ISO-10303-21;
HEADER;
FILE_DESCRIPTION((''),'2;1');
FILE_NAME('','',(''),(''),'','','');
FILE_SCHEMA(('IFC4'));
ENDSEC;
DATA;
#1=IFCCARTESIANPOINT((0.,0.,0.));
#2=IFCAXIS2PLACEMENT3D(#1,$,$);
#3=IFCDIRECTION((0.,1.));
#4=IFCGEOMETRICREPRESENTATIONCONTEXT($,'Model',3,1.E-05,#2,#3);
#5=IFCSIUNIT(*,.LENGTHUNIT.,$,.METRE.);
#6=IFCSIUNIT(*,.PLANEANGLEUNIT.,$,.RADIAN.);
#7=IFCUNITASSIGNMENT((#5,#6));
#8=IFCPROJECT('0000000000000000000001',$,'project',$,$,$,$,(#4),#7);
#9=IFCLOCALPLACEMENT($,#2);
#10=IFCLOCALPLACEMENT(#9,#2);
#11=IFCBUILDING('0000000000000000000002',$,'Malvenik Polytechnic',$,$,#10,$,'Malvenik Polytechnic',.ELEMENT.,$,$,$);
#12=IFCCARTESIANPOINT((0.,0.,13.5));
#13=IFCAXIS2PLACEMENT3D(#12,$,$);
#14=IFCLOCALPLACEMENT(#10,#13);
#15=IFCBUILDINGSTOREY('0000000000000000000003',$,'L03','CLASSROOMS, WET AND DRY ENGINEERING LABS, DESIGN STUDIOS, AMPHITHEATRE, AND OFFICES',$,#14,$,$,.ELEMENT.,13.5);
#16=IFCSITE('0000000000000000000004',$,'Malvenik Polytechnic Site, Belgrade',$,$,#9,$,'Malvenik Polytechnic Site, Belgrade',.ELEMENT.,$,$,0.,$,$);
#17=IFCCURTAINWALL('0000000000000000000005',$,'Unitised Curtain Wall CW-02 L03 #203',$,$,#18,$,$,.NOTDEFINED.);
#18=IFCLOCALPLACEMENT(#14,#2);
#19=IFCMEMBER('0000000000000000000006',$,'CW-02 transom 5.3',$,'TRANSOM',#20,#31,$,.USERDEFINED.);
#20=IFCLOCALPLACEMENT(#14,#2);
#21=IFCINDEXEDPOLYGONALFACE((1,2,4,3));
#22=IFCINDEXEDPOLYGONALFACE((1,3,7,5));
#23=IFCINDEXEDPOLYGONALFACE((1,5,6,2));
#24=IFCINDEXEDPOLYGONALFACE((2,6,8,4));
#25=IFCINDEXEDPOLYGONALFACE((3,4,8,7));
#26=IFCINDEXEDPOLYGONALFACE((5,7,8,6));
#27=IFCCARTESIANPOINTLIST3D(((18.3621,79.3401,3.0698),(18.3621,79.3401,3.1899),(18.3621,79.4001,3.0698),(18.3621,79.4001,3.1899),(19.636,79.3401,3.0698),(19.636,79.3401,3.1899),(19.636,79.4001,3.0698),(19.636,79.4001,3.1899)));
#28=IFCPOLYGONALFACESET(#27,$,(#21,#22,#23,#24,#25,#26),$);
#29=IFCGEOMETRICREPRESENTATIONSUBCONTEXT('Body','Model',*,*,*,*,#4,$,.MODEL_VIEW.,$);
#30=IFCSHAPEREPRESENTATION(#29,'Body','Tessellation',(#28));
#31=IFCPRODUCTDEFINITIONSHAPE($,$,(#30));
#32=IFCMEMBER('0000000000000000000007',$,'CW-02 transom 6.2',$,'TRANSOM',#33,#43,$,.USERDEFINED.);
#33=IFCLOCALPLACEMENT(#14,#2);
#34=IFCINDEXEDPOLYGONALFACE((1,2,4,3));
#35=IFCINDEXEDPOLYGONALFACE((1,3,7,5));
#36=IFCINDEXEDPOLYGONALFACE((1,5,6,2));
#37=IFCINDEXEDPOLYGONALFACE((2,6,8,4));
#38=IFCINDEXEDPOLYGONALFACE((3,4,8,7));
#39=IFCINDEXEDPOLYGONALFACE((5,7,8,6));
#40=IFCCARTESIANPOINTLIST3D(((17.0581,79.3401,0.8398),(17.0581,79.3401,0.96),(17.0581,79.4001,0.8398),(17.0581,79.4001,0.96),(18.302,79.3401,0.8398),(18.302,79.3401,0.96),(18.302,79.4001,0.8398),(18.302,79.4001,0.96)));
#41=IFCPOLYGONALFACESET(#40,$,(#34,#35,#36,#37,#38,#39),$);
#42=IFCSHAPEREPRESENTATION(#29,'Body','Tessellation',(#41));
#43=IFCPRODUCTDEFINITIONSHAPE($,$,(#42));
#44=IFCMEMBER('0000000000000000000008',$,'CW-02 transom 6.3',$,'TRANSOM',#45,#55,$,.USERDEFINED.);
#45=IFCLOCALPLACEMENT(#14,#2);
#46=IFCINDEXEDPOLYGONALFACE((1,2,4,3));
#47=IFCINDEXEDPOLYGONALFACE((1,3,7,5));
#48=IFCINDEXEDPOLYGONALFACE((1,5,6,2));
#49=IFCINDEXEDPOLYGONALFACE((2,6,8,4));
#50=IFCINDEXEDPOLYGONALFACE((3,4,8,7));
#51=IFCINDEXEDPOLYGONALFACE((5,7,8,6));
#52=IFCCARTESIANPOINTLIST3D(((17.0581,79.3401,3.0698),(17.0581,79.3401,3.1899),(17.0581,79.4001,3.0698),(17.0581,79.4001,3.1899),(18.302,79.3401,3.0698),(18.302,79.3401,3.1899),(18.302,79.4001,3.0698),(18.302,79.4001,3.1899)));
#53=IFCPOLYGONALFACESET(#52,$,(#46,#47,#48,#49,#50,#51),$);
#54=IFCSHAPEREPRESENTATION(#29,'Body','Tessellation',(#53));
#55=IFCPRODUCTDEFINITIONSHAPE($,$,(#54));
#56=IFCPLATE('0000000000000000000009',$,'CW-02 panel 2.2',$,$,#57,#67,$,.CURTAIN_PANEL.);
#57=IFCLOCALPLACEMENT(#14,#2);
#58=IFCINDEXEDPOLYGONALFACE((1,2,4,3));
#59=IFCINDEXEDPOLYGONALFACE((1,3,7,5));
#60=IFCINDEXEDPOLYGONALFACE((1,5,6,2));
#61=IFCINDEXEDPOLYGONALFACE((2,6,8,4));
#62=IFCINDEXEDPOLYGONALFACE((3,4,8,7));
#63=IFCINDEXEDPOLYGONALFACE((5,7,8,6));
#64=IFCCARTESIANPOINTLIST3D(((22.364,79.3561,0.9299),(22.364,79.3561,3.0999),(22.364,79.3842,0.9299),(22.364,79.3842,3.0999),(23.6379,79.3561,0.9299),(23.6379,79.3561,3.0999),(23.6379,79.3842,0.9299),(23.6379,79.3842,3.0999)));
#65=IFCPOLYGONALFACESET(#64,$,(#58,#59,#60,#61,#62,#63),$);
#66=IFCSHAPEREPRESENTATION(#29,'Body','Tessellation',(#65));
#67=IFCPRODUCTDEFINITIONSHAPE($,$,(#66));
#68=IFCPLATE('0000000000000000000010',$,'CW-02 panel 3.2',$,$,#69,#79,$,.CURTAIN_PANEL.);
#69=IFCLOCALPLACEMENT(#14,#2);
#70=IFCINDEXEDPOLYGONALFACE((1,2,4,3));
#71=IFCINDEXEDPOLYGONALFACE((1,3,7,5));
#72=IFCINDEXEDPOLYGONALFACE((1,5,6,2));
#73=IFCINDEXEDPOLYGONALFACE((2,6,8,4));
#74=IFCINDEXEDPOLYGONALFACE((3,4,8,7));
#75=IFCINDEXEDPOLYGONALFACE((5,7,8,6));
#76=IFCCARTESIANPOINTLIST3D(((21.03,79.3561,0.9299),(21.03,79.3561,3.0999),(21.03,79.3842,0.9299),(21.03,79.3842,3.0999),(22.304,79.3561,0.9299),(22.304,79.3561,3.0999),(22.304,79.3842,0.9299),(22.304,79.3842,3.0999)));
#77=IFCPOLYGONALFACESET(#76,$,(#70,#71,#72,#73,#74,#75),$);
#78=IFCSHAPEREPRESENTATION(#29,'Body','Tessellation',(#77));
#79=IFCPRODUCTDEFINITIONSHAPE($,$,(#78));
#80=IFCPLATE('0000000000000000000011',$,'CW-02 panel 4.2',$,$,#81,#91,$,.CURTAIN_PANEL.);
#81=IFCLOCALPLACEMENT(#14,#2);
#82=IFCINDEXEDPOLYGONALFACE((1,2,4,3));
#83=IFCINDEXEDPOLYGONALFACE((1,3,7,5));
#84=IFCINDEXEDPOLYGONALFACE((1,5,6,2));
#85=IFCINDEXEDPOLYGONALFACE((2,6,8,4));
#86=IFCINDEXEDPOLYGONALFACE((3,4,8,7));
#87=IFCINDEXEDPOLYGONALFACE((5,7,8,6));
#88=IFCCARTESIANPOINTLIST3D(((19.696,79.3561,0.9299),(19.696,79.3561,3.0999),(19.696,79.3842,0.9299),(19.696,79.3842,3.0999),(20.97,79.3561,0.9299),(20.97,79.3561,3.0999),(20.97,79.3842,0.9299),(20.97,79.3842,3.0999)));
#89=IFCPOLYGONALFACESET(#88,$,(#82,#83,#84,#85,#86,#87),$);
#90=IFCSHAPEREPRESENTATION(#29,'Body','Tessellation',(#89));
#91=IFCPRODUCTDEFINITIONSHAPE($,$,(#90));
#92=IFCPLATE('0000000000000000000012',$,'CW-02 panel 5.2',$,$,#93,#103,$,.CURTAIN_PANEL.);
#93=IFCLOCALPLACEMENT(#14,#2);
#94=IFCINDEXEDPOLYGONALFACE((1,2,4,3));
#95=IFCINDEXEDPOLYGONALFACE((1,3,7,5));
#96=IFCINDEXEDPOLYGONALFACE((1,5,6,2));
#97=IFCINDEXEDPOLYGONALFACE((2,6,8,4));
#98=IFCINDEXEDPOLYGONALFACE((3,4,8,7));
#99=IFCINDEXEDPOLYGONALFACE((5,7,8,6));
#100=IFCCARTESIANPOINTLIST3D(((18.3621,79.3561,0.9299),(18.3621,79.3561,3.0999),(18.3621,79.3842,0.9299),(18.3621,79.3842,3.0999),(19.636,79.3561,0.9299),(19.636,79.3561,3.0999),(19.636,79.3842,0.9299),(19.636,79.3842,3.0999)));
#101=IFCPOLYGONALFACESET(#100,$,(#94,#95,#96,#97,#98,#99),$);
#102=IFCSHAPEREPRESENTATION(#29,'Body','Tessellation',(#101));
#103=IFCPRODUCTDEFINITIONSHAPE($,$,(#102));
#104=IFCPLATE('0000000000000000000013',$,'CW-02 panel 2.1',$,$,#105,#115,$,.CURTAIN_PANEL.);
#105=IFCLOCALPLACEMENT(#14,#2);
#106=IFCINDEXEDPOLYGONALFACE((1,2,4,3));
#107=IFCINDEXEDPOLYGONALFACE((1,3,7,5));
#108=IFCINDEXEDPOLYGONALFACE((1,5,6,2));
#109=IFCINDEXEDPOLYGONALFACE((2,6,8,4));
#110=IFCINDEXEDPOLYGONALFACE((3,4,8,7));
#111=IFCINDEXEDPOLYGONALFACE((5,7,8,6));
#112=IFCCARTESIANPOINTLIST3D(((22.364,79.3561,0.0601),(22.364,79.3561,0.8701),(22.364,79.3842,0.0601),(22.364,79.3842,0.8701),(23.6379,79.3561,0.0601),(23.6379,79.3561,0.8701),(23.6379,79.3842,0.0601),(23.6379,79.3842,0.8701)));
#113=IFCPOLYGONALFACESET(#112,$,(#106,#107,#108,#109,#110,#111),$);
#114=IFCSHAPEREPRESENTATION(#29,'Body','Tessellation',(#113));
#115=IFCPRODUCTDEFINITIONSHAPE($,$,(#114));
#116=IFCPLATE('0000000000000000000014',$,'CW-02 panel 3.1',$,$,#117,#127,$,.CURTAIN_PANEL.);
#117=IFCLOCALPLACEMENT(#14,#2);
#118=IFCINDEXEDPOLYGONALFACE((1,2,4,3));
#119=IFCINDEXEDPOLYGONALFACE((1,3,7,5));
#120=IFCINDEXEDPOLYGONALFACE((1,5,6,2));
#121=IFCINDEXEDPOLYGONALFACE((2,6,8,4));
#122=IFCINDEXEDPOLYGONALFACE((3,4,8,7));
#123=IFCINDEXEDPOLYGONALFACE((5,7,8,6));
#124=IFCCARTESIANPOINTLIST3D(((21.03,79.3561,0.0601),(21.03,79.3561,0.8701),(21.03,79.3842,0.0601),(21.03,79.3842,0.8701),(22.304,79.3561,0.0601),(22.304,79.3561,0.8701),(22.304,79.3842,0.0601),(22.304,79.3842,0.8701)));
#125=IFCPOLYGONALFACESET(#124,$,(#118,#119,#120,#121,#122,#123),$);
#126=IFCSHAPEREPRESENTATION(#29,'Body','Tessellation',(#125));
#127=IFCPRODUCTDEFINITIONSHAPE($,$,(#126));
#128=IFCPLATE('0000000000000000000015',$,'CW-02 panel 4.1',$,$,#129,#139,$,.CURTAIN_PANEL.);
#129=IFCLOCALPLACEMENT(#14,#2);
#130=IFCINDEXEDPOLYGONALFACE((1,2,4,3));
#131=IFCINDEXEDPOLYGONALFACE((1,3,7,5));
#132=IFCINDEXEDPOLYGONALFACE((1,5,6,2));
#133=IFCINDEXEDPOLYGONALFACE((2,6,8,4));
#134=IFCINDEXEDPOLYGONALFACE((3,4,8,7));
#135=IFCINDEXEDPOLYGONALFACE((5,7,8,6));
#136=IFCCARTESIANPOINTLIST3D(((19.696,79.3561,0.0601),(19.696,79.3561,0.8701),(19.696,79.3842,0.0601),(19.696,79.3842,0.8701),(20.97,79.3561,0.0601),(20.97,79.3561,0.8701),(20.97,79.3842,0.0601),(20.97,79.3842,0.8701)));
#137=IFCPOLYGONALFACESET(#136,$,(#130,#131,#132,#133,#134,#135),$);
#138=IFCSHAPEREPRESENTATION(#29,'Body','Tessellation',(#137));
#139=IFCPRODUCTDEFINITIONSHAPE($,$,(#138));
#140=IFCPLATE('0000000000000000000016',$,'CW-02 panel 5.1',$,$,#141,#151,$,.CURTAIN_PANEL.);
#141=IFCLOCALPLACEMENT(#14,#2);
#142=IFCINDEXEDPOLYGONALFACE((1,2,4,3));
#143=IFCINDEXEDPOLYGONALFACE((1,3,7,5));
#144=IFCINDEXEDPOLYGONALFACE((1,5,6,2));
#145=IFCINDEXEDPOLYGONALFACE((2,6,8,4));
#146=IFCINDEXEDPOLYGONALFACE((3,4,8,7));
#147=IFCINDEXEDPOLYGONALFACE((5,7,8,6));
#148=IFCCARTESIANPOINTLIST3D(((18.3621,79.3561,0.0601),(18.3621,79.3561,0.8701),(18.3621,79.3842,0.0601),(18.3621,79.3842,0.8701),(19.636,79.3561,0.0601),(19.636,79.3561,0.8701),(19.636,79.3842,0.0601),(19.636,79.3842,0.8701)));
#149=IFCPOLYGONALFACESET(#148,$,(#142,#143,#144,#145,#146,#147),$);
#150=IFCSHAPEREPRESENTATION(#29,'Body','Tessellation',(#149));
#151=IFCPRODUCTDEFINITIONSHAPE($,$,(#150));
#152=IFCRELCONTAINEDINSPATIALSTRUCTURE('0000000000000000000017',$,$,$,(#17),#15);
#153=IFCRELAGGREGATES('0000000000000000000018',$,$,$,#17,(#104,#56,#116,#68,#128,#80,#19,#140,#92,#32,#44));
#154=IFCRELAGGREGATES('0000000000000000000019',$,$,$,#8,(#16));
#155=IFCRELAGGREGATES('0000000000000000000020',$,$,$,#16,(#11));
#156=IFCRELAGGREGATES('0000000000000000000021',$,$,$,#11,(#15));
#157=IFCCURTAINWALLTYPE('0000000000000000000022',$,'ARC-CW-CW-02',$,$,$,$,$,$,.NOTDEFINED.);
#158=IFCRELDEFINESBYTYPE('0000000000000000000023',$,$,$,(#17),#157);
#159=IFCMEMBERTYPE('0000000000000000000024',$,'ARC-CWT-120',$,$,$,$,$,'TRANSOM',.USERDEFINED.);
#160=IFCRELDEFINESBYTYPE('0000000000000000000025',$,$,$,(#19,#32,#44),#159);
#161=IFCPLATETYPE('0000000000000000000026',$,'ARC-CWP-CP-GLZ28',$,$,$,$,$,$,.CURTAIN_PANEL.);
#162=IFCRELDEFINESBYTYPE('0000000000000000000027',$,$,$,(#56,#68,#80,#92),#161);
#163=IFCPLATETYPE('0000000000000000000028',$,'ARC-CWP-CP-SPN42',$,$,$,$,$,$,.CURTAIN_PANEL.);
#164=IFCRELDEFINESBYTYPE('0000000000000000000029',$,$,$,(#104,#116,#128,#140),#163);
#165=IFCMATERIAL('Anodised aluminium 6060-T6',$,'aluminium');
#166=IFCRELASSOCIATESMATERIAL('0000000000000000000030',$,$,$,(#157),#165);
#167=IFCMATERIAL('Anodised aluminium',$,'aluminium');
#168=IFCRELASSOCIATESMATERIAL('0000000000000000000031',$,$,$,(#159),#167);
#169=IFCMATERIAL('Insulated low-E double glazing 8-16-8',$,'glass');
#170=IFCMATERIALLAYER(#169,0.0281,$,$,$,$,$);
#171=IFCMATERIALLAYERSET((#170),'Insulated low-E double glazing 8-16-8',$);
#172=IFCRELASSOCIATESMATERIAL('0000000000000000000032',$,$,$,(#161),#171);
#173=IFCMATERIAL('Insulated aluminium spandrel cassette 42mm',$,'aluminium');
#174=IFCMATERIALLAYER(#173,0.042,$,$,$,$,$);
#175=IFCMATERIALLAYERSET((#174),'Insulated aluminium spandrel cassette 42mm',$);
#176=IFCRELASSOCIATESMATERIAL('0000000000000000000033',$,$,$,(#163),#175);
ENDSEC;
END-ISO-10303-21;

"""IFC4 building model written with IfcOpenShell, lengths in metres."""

from ifc_helpers import new_model, si_unit, direction, frame, origin, origin_2d, place, context, subcontext, project, spatial, rectangle, extrude, material, layer, layer_set, material_profile, profile_set, type_object, element, aggregate, save


model = new_model("IFC4")

# Units and contexts
model_context = context("Model", 3, precision=1e-05, world=origin(), true_north=direction((0.0, 1.0)))
body_context = subcontext(model_context, "Body", "Model", "MODEL_VIEW")
ifc_project = project(units=[si_unit("LENGTHUNIT", "METRE"), si_unit("PLANEANGLEUNIT", "RADIAN")], contexts=[model_context])

# Site, building, storey
site_placement = place(None, origin())
site = spatial("IfcSite", under=ifc_project, at=site_placement, Name="Malvenik Polytechnic Site, Belgrade", LongName="Malvenik Polytechnic Site, Belgrade", CompositionType="ELEMENT", RefElevation=0.0)
building_placement = place(site_placement, origin())
building = spatial("IfcBuilding", under=site, at=building_placement, Name="Malvenik Polytechnic", LongName="Malvenik Polytechnic", CompositionType="ELEMENT")
storey_placement = place(building_placement, frame((0.0, 0.0, 13.5)))
storey = spatial("IfcBuildingStorey", under=building, at=storey_placement, Name="L03", Description="CLASSROOMS, WET AND DRY ENGINEERING LABS, DESIGN STUDIOS, AMPHITHEATRE, AND OFFICES", CompositionType="ELEMENT", Elevation=13.5)

# Curtain wall, members, plates
ifc_material_1 = material(Name="Anodised aluminium 6060-T6", Category="aluminium")
curtain_wall_type = type_object("IfcCurtainWallType", Name="ARC-CW-CW-02", PredefinedType="NOTDEFINED", material=ifc_material_1)
curtain_wall_placement = place(storey_placement, origin())
curtain_wall = element("IfcCurtainWall", 1, at=curtain_wall_placement, inside=storey, type_object=curtain_wall_type, Name="Unitised Curtain Wall CW-02 L03 #203", PredefinedType="NOTDEFINED")
ifc_material_2 = material(Name="Anodised aluminium", Category="aluminium")
ifc_material_profile_1 = material_profile(ifc_material_2, rectangle(XDim=0.0601, YDim=0.1201, at=origin_2d()), Name="ALU TRANSOM 60x120")
ifc_profile_set_1 = profile_set([ifc_material_profile_1], Name="Anodised aluminium")
member_type_1 = type_object("IfcMemberType", Name="ARC-CWT-120", ElementType="TRANSOM", PredefinedType="USERDEFINED", material=ifc_profile_set_1)
member_1_placement = place(storey_placement, frame((19.636, 79.3701, 3.1299), z_axis=(-1.0, 0.0, 0.0), x_axis=(0.0, -1.0, 0.0)))
member_1 = element("IfcMember", 2, at=member_1_placement, type_object=member_type_1, Name="CW-02 transom 5.3", ObjectType="TRANSOM", PredefinedType="USERDEFINED", context=body_context, shape_type="SweptSolid", body=[
    extrude(rectangle(XDim=0.0601, YDim=0.1201, at=origin_2d()), origin(), (0.0, 0.0, 1.0), 1.2739),
])
member_2_placement = place(storey_placement, frame((18.302, 79.3701, 0.8999), z_axis=(-1.0, 0.0, 0.0), x_axis=(0.0, -1.0, 0.0)))
member_2 = element("IfcMember", 3, at=member_2_placement, type_object=member_type_1, Name="CW-02 transom 6.2", ObjectType="TRANSOM", PredefinedType="USERDEFINED", context=body_context, shape_type="SweptSolid", body=[
    extrude(rectangle(XDim=0.0601, YDim=0.1201, at=origin_2d()), origin(), (0.0, 0.0, 1.0), 1.2439),
])
member_3_placement = place(storey_placement, frame((18.302, 79.3701, 3.1299), z_axis=(-1.0, 0.0, 0.0), x_axis=(0.0, -1.0, 0.0)))
member_3 = element("IfcMember", 4, at=member_3_placement, type_object=member_type_1, Name="CW-02 transom 6.3", ObjectType="TRANSOM", PredefinedType="USERDEFINED", context=body_context, shape_type="SweptSolid", body=[
    extrude(rectangle(XDim=0.0601, YDim=0.1201, at=origin_2d()), origin(), (0.0, 0.0, 1.0), 1.2439),
])
ifc_material_3 = material(Name="Insulated low-E double glazing 8-16-8", Category="glass")
ifc_layer_1 = layer(ifc_material_3, 0.0281)
ifc_layer_set_1 = layer_set([ifc_layer_1], Name="Insulated low-E double glazing 8-16-8")
plate_type_1 = type_object("IfcPlateType", Name="ARC-CWP-CP-GLZ28", PredefinedType="CURTAIN_PANEL", material=ifc_layer_set_1)
plate_1_placement = place(storey_placement, frame((23.001, 79.3701, 0.9299), z_axis=(0.0, 0.0, 1.0), x_axis=(-1.0, 0.0, 0.0)))
plate_1 = element("IfcPlate", 5, at=plate_1_placement, type_object=plate_type_1, Name="CW-02 panel 2.2", PredefinedType="CURTAIN_PANEL", context=body_context, shape_type="SweptSolid", body=[
    extrude(rectangle(XDim=1.2739, YDim=0.0281, at=origin_2d()), origin(), (0.0, 0.0, 1.0), 2.1699),
])
plate_2_placement = place(storey_placement, frame((21.667, 79.3701, 0.9299), z_axis=(0.0, 0.0, 1.0), x_axis=(-1.0, 0.0, 0.0)))
plate_2 = element("IfcPlate", 6, at=plate_2_placement, type_object=plate_type_1, Name="CW-02 panel 3.2", PredefinedType="CURTAIN_PANEL", context=body_context, shape_type="SweptSolid", body=[
    extrude(rectangle(XDim=1.2739, YDim=0.0281, at=origin_2d()), origin(), (0.0, 0.0, 1.0), 2.1699),
])
plate_3_placement = place(storey_placement, frame((20.333, 79.3701, 0.9299), z_axis=(0.0, 0.0, 1.0), x_axis=(-1.0, 0.0, 0.0)))
plate_3 = element("IfcPlate", 7, at=plate_3_placement, type_object=plate_type_1, Name="CW-02 panel 4.2", PredefinedType="CURTAIN_PANEL", context=body_context, shape_type="SweptSolid", body=[
    extrude(rectangle(XDim=1.2739, YDim=0.0281, at=origin_2d()), origin(), (0.0, 0.0, 1.0), 2.1699),
])
plate_4_placement = place(storey_placement, frame((18.999, 79.3701, 0.9299), z_axis=(0.0, 0.0, 1.0), x_axis=(-1.0, 0.0, 0.0)))
plate_4 = element("IfcPlate", 8, at=plate_4_placement, type_object=plate_type_1, Name="CW-02 panel 5.2", PredefinedType="CURTAIN_PANEL", context=body_context, shape_type="SweptSolid", body=[
    extrude(rectangle(XDim=1.2739, YDim=0.0281, at=origin_2d()), origin(), (0.0, 0.0, 1.0), 2.1699),
])
ifc_material_4 = material(Name="Insulated aluminium spandrel cassette 42mm", Category="aluminium")
ifc_layer_2 = layer(ifc_material_4, 0.042)
ifc_layer_set_2 = layer_set([ifc_layer_2], Name="Insulated aluminium spandrel cassette 42mm")
plate_type_2 = type_object("IfcPlateType", Name="ARC-CWP-CP-SPN42", PredefinedType="CURTAIN_PANEL", material=ifc_layer_set_2)
plate_5_placement = place(storey_placement, frame((23.001, 79.3701, 0.0601), z_axis=(0.0, 0.0, 1.0), x_axis=(-1.0, 0.0, 0.0)))
plate_5 = element("IfcPlate", 9, at=plate_5_placement, type_object=plate_type_2, Name="CW-02 panel 2.1", PredefinedType="CURTAIN_PANEL", context=body_context, shape_type="SweptSolid", body=[
    extrude(rectangle(XDim=1.2739, YDim=0.0281, at=origin_2d()), origin(), (0.0, 0.0, 1.0), 0.8101),
])
plate_6_placement = place(storey_placement, frame((21.667, 79.3701, 0.0601), z_axis=(0.0, 0.0, 1.0), x_axis=(-1.0, 0.0, 0.0)))
plate_6 = element("IfcPlate", 10, at=plate_6_placement, type_object=plate_type_2, Name="CW-02 panel 3.1", PredefinedType="CURTAIN_PANEL", context=body_context, shape_type="SweptSolid", body=[
    extrude(rectangle(XDim=1.2739, YDim=0.0281, at=origin_2d()), origin(), (0.0, 0.0, 1.0), 0.8101),
])
plate_7_placement = place(storey_placement, frame((20.333, 79.3701, 0.0601), z_axis=(0.0, 0.0, 1.0), x_axis=(-1.0, 0.0, 0.0)))
plate_7 = element("IfcPlate", 11, at=plate_7_placement, type_object=plate_type_2, Name="CW-02 panel 4.1", PredefinedType="CURTAIN_PANEL", context=body_context, shape_type="SweptSolid", body=[
    extrude(rectangle(XDim=1.2739, YDim=0.0281, at=origin_2d()), origin(), (0.0, 0.0, 1.0), 0.8101),
])
plate_8_placement = place(storey_placement, frame((18.999, 79.3701, 0.0601), z_axis=(0.0, 0.0, 1.0), x_axis=(-1.0, 0.0, 0.0)))
plate_8 = element("IfcPlate", 12, at=plate_8_placement, type_object=plate_type_2, Name="CW-02 panel 5.1", PredefinedType="CURTAIN_PANEL", context=body_context, shape_type="SweptSolid", body=[
    extrude(rectangle(XDim=1.2739, YDim=0.0281, at=origin_2d()), origin(), (0.0, 0.0, 1.0), 0.8101),
])
aggregate(curtain_wall, [plate_5, plate_1, plate_6, plate_2, plate_7, plate_3, member_1, plate_8, plate_4, member_2, member_3])

save(model, "model.ifc")
